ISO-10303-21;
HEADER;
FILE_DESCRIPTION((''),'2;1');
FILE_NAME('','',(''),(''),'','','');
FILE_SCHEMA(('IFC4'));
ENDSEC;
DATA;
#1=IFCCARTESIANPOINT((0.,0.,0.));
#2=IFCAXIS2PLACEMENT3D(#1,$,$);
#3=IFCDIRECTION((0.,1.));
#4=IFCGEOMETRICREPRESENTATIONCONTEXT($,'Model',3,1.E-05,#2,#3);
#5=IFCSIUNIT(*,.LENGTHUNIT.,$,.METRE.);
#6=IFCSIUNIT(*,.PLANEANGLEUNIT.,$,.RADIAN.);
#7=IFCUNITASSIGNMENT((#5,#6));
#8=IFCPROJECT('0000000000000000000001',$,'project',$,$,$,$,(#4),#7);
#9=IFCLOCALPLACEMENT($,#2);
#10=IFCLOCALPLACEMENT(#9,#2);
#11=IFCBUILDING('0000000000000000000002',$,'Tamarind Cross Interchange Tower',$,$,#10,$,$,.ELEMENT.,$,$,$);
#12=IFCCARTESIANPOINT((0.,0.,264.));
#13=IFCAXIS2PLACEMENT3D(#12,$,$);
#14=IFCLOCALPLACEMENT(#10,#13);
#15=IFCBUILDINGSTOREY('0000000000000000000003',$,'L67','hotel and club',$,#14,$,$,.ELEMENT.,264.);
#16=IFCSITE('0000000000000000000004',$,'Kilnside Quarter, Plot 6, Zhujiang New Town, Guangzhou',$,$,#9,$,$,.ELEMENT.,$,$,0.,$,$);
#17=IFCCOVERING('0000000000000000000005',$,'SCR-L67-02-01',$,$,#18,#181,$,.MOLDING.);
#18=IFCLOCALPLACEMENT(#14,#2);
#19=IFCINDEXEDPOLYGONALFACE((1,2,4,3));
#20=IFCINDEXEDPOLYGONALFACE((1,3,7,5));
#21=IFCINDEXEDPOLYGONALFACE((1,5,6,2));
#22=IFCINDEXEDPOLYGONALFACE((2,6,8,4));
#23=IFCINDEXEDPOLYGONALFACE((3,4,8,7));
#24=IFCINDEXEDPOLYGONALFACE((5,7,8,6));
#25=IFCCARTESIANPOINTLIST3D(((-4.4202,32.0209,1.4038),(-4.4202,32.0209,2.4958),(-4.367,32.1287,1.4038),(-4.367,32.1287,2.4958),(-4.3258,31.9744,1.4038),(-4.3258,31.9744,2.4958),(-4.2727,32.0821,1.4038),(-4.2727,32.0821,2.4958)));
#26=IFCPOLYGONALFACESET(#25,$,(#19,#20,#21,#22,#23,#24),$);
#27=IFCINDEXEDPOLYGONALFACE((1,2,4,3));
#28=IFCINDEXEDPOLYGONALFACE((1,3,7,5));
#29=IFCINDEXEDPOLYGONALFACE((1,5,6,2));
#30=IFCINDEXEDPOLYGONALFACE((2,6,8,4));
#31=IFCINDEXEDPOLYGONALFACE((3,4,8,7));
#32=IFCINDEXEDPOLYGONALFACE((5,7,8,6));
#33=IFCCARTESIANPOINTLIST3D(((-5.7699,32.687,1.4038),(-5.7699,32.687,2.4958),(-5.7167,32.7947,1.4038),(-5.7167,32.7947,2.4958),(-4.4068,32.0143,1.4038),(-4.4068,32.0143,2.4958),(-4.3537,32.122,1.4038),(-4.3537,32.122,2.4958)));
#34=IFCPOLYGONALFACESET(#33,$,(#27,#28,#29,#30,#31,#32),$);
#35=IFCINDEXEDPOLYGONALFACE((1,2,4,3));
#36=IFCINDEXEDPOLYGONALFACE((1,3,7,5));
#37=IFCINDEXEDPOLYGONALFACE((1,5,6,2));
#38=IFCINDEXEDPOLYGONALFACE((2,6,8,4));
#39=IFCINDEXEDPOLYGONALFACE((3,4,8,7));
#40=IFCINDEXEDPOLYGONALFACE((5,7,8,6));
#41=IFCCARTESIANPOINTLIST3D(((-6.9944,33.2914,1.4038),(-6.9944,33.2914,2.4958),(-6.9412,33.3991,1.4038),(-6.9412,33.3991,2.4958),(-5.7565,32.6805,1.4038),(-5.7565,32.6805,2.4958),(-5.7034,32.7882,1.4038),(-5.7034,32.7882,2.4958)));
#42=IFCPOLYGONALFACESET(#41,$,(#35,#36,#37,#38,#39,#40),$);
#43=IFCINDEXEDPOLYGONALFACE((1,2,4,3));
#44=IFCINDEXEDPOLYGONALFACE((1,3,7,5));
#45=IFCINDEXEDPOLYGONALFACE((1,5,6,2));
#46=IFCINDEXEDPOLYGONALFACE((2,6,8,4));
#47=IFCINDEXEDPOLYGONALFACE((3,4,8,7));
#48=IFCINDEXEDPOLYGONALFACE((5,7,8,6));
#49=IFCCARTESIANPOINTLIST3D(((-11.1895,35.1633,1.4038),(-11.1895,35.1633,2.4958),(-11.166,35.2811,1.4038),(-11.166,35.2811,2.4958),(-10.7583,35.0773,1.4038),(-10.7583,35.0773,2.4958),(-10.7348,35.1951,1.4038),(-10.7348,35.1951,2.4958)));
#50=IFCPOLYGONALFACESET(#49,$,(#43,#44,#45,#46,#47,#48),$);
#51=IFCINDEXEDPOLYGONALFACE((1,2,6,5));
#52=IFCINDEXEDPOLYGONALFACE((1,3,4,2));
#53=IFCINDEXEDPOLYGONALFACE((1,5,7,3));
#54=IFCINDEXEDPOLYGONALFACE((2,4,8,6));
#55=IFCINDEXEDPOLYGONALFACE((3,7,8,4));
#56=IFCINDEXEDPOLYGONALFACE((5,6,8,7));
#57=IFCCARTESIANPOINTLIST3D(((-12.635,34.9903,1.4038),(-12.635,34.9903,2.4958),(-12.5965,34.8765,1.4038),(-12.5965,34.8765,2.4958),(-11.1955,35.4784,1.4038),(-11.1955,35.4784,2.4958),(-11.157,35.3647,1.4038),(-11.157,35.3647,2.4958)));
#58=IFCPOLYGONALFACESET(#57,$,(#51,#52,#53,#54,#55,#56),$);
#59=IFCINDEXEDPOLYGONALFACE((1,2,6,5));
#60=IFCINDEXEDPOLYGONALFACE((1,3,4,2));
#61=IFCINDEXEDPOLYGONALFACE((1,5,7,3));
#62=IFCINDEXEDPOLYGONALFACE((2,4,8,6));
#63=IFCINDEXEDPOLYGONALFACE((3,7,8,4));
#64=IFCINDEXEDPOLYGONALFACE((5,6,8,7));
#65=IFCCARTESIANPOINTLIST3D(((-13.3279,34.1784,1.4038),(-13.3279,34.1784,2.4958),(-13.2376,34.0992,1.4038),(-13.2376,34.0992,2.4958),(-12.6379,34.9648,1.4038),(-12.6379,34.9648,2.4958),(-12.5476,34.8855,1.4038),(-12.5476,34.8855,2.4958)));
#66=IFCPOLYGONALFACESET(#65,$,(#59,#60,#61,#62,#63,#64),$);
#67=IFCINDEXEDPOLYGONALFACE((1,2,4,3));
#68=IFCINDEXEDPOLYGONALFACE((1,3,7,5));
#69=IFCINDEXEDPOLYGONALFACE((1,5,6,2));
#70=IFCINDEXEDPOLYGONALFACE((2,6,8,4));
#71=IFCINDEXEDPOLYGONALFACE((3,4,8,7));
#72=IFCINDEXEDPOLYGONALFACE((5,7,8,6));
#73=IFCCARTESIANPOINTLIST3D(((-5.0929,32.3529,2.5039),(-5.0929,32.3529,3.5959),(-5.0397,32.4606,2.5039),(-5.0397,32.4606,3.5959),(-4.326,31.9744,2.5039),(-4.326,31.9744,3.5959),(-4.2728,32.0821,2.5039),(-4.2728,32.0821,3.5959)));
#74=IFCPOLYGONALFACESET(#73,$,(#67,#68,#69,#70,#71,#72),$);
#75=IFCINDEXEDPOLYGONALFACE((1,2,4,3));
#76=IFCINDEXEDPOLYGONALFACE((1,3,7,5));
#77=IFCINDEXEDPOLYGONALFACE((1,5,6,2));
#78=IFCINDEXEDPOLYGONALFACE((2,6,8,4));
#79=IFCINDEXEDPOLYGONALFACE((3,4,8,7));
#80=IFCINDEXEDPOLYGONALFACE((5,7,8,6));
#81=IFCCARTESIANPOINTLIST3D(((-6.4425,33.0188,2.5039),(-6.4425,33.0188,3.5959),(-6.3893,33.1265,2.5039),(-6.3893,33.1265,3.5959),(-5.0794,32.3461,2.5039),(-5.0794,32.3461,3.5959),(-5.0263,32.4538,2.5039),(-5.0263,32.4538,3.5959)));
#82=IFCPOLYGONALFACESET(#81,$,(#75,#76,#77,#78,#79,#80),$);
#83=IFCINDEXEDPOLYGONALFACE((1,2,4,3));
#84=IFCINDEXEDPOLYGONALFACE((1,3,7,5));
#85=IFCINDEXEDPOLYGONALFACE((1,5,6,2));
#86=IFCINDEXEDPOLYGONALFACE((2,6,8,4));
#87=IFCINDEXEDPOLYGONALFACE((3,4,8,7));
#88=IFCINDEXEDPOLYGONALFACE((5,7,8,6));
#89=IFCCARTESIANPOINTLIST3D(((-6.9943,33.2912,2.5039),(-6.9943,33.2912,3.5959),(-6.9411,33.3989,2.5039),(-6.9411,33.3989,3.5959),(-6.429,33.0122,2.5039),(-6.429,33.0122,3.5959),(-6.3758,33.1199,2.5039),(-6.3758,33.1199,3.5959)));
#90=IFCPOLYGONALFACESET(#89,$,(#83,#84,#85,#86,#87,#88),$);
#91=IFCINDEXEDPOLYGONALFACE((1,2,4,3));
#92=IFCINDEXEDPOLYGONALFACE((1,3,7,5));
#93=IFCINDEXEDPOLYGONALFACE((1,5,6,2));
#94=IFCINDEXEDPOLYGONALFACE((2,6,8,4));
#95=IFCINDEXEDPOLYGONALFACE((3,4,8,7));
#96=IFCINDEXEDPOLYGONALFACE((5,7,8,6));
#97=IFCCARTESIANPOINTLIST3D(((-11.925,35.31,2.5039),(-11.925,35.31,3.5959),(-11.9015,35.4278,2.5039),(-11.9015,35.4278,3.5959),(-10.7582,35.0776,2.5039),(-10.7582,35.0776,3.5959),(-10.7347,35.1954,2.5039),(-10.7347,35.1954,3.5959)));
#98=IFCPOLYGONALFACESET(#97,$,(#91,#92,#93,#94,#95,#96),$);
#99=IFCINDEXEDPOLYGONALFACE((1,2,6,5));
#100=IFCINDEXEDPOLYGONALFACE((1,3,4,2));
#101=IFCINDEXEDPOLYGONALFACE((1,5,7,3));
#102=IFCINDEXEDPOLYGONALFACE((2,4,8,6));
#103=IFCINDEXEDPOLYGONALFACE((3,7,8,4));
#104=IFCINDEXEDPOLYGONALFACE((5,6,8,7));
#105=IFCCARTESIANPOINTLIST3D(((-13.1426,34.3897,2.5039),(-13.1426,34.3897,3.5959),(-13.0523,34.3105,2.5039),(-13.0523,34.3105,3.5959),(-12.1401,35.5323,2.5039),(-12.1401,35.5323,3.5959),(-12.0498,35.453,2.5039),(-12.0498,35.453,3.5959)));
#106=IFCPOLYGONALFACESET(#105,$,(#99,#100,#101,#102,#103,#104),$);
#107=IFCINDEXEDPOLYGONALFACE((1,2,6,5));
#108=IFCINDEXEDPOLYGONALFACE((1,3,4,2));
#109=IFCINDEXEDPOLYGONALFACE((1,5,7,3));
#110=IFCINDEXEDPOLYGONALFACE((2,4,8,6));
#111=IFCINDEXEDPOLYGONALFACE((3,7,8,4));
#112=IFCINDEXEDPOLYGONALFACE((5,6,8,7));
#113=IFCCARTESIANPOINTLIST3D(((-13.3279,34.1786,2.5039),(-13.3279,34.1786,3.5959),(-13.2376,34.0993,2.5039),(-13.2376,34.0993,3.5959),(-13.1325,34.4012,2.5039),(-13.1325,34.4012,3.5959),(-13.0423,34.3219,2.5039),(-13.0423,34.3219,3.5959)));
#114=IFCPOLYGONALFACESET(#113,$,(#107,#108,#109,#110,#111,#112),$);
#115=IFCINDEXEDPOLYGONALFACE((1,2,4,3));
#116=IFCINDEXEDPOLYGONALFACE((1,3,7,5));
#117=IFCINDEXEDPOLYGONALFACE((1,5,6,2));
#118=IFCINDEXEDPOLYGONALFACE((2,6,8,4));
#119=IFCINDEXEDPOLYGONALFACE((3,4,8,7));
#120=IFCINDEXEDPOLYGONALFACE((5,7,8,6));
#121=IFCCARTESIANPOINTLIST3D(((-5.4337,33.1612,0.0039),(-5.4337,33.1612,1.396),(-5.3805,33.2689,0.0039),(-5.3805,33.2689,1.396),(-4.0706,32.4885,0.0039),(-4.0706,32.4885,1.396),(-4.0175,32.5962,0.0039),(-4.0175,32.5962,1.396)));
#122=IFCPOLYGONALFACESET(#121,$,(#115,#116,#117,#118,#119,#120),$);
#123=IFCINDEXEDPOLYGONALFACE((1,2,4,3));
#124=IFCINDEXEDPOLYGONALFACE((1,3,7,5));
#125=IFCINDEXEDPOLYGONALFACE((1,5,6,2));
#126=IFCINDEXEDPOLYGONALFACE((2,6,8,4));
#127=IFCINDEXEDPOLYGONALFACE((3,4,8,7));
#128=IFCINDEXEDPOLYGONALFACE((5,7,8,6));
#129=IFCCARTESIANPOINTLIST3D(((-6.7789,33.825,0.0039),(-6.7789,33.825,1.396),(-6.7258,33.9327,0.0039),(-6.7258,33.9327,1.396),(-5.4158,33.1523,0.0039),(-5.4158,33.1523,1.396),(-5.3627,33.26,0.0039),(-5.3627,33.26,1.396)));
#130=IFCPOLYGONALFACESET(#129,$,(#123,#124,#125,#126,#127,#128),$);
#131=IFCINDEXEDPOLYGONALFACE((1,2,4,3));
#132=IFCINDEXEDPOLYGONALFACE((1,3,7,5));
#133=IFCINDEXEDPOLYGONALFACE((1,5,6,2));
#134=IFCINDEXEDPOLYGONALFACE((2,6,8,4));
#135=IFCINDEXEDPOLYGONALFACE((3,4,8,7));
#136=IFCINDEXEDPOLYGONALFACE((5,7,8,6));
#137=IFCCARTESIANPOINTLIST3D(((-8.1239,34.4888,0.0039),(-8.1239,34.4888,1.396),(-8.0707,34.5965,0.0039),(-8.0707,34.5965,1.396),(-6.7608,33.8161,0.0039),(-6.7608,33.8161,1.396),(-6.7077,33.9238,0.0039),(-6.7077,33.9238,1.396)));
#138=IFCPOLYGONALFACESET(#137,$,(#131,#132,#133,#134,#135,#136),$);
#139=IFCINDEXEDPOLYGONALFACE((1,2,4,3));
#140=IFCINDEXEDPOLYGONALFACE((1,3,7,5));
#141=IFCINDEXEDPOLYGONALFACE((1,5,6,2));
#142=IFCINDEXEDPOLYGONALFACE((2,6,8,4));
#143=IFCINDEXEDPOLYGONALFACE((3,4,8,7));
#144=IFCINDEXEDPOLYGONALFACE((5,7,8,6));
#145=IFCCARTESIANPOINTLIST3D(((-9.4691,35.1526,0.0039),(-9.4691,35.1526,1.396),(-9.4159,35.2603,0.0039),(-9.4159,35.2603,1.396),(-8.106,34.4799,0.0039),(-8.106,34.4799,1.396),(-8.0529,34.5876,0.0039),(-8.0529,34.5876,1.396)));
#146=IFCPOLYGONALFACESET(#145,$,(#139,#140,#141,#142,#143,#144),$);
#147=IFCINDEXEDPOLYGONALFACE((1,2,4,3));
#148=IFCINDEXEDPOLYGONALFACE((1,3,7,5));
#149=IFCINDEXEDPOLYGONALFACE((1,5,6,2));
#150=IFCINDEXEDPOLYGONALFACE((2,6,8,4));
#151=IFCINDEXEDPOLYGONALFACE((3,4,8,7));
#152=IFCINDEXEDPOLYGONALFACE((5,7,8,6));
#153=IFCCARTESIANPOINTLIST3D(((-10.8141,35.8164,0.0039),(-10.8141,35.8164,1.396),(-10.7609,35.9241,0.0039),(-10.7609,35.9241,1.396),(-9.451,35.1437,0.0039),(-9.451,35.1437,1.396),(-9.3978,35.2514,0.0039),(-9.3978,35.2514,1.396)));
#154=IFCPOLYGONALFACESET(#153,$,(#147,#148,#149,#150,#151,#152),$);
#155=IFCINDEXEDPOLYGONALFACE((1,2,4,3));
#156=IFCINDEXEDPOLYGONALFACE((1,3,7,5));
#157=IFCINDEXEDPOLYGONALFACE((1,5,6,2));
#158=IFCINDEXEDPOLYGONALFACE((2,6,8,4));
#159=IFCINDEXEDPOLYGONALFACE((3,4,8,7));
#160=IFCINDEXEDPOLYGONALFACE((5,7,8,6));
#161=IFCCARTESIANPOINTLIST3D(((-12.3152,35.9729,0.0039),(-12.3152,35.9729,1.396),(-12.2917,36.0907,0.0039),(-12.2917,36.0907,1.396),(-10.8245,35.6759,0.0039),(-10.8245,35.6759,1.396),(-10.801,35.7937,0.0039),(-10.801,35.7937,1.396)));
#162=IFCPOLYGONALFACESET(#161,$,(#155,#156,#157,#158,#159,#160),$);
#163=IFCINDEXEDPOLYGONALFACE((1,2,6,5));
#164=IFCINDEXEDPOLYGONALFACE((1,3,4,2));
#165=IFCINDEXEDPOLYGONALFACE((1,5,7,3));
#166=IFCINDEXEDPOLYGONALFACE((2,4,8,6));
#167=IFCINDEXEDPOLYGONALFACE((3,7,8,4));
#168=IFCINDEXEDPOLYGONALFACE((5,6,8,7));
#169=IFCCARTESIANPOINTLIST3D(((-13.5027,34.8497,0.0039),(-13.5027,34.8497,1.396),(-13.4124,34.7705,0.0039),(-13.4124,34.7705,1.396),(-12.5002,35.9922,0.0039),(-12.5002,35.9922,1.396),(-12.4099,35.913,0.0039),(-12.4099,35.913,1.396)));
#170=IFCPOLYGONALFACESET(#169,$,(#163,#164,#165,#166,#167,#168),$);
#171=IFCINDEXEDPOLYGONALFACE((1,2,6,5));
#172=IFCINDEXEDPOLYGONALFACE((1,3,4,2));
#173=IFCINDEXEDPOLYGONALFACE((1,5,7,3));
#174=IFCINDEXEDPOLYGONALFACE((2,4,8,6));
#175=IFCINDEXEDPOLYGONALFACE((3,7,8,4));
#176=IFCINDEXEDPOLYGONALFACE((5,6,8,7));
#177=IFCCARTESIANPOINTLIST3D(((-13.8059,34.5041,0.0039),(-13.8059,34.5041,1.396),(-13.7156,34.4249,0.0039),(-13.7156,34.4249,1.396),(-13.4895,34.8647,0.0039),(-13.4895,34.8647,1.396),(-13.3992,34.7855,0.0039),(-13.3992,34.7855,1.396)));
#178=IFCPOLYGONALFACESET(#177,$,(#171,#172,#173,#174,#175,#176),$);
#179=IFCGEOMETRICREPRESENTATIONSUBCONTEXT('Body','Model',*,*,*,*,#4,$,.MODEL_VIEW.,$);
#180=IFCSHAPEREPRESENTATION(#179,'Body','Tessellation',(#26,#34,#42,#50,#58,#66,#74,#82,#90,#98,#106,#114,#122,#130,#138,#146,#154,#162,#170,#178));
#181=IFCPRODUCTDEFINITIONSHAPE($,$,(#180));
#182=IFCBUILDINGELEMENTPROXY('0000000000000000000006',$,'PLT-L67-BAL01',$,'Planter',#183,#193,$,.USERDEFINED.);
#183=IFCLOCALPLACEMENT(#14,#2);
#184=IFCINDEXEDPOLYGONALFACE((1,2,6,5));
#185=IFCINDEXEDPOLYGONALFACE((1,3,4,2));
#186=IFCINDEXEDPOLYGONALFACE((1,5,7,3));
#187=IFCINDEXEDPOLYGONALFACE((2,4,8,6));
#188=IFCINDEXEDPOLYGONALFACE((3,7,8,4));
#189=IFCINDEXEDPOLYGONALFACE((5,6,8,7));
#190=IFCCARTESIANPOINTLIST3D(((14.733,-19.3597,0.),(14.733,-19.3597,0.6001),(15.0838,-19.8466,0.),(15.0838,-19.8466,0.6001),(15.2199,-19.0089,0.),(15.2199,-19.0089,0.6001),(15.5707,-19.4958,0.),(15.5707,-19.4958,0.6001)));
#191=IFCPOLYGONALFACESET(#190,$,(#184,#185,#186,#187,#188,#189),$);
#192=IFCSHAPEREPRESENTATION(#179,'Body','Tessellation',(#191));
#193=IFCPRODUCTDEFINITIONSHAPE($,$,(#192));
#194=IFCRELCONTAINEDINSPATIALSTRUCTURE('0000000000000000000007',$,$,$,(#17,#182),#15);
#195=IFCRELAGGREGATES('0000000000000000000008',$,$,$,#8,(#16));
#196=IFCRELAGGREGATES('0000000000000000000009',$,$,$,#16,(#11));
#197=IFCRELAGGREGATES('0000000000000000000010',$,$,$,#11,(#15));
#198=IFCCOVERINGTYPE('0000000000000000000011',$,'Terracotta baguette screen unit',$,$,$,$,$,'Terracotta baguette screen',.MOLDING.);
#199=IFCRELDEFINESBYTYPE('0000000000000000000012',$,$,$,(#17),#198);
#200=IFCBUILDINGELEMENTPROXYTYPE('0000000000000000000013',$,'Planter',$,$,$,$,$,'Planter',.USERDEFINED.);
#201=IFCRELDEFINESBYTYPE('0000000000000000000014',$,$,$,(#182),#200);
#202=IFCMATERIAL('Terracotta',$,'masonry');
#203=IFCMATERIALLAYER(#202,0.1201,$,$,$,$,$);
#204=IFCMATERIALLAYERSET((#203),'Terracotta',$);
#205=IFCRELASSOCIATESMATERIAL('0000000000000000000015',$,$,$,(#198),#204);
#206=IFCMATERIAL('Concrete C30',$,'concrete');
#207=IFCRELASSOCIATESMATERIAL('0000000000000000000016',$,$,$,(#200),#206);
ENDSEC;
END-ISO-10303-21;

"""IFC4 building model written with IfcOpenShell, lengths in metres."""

from ifc_helpers import new_model, si_unit, direction, frame, origin, origin_2d, place, context, subcontext, project, spatial, rectangle, extrude, material, layer, layer_set, type_object, element, save


model = new_model("IFC4")

# Units and contexts
model_context = context("Model", 3, precision=1e-05, world=origin(), true_north=direction((0.0, 1.0)))
body_context = subcontext(model_context, "Body", "Model", "MODEL_VIEW")
ifc_project = project(units=[si_unit("LENGTHUNIT", "METRE"), si_unit("PLANEANGLEUNIT", "RADIAN")], contexts=[model_context])

# Site, building, storey
site_placement = place(None, origin())
site = spatial("IfcSite", under=ifc_project, at=site_placement, Name="Kilnside Quarter, Plot 6, Zhujiang New Town, Guangzhou", CompositionType="ELEMENT", RefElevation=0.0)
building_placement = place(site_placement, origin())
building = spatial("IfcBuilding", under=site, at=building_placement, Name="Tamarind Cross Interchange Tower", CompositionType="ELEMENT")
storey_placement = place(building_placement, frame((0.0, 0.0, 264.0)))
storey = spatial("IfcBuildingStorey", under=building, at=storey_placement, Name="L67", Description="hotel and club", CompositionType="ELEMENT", Elevation=264.0)

# Covering
ifc_material_1 = material(Name="Terracotta", Category="masonry")
ifc_layer_1 = layer(ifc_material_1, 0.1201)
ifc_layer_set_1 = layer_set([ifc_layer_1], Name="Terracotta")
covering_type = type_object("IfcCoveringType", Name="Terracotta baguette screen unit", ElementType="Terracotta baguette screen", PredefinedType="MOLDING", material=ifc_layer_set_1)
covering_1_placement = place(storey_placement, origin())
element("IfcCovering", 1, at=covering_1_placement, inside=storey, type_object=covering_type, Name="SCR-L67-02-01", PredefinedType="MOLDING", context=body_context, shape_type="SweptSolid", body=[
    extrude(rectangle(XDim=0.1052, YDim=0.1201, at=origin_2d()), frame((-4.3464, 32.0515, 1.4038), z_axis=(0.0, 0.0, 1.0), x_axis=(-0.89674, 0.442558, 0.0)), (0.0, 0.0, 1.0), 1.092),
    extrude(rectangle(XDim=1.52, YDim=0.1201, at=origin_2d()), frame((-5.0618, 32.4045, 1.4038), z_axis=(0.0, 0.0, 1.0), x_axis=(-0.89674, 0.442558, 0.0)), (0.0, 0.0, 1.0), 1.092),
    extrude(rectangle(XDim=1.3804, YDim=0.1201, at=origin_2d()), frame((-6.3489, 33.0398, 1.4038), z_axis=(0.0, 0.0, 1.0), x_axis=(-0.89674, 0.442558, 0.0)), (0.0, 0.0, 1.0), 1.092),
    extrude(rectangle(XDim=0.4397, YDim=0.1201, at=origin_2d()), frame((-10.9622, 35.1792, 1.4038), z_axis=(0.0, 0.0, 1.0), x_axis=(-0.980727, 0.195385, 0.0)), (0.0, 0.0, 1.0), 1.092),
    extrude(rectangle(XDim=1.52, YDim=0.1201, at=origin_2d()), frame((-11.896, 35.1775, 1.4038), z_axis=(0.0, 0.0, 1.0), x_axis=(-0.947027, -0.321155, 0.0)), (0.0, 0.0, 1.0), 1.092),
    extrude(rectangle(XDim=1.0461, YDim=0.1201, at=origin_2d()), frame((-12.9377, 34.532, 1.4038), z_axis=(0.0, 0.0, 1.0), x_axis=(-0.659571, -0.751642, 0.0)), (0.0, 0.0, 1.0), 1.092),
    extrude(rectangle(XDim=0.8552, YDim=0.1201, at=origin_2d()), frame((-4.6829, 32.2175, 2.5039), z_axis=(0.0, 0.0, 1.0), x_axis=(-0.89674, 0.442558, 0.0)), (0.0, 0.0, 1.0), 1.092),
    extrude(rectangle(XDim=1.52, YDim=0.1201, at=origin_2d()), frame((-5.7344, 32.7363, 2.5039), z_axis=(0.0, 0.0, 1.0), x_axis=(-0.89674, 0.442558, 0.0)), (0.0, 0.0, 1.0), 1.092),
    extrude(rectangle(XDim=0.6304, YDim=0.1201, at=origin_2d()), frame((-6.6851, 33.2056, 2.5039), z_axis=(0.0, 0.0, 1.0), x_axis=(-0.89674, 0.442558, 0.0)), (0.0, 0.0, 1.0), 1.092),
    extrude(rectangle(XDim=1.1897, YDim=0.1201, at=origin_2d()), frame((-11.3298, 35.2527, 2.5039), z_axis=(0.0, 0.0, 1.0), x_axis=(-0.980727, 0.195385, 0.0)), (0.0, 0.0, 1.0), 1.092),
    extrude(rectangle(XDim=1.52, YDim=0.1201, at=origin_2d()), frame((-12.5962, 34.9214, 2.5039), z_axis=(0.0, 0.0, 1.0), x_axis=(-0.659571, -0.751642, 0.0)), (0.0, 0.0, 1.0), 1.092),
    extrude(rectangle(XDim=0.2961, YDim=0.1201, at=origin_2d()), frame((-13.1851, 34.2502, 2.5039), z_axis=(0.0, 0.0, 1.0), x_axis=(-0.659571, -0.751642, 0.0)), (0.0, 0.0, 1.0), 1.092),
    extrude(rectangle(XDim=1.52, YDim=0.1201, at=origin_2d()), frame((-4.7256, 32.8787, 0.0039), z_axis=(0.0, 0.0, 1.0), x_axis=(-0.89674, 0.442558, 0.0)), (0.0, 0.0, 1.0), 1.3921),
    extrude(rectangle(XDim=1.52, YDim=0.1201, at=origin_2d()), frame((-6.0708, 33.5425, 0.0039), z_axis=(0.0, 0.0, 1.0), x_axis=(-0.89674, 0.442558, 0.0)), (0.0, 0.0, 1.0), 1.3921),
    extrude(rectangle(XDim=1.52, YDim=0.1201, at=origin_2d()), frame((-7.4158, 34.2063, 0.0039), z_axis=(0.0, 0.0, 1.0), x_axis=(-0.89674, 0.442558, 0.0)), (0.0, 0.0, 1.0), 1.3921),
    extrude(rectangle(XDim=1.52, YDim=0.1201, at=origin_2d()), frame((-8.761, 34.8701, 0.0039), z_axis=(0.0, 0.0, 1.0), x_axis=(-0.89674, 0.442558, 0.0)), (0.0, 0.0, 1.0), 1.3921),
    extrude(rectangle(XDim=1.52, YDim=0.1201, at=origin_2d()), frame((-10.106, 35.5339, 0.0039), z_axis=(0.0, 0.0, 1.0), x_axis=(-0.89674, 0.442558, 0.0)), (0.0, 0.0, 1.0), 1.3921),
    extrude(rectangle(XDim=1.52, YDim=0.1201, at=origin_2d()), frame((-11.5581, 35.8833, 0.0039), z_axis=(0.0, 0.0, 1.0), x_axis=(-0.980727, 0.195385, 0.0)), (0.0, 0.0, 1.0), 1.3921),
    extrude(rectangle(XDim=1.52, YDim=0.1201, at=origin_2d()), frame((-12.9563, 35.3813, 0.0039), z_axis=(0.0, 0.0, 1.0), x_axis=(-0.659571, -0.751642, 0.0)), (0.0, 0.0, 1.0), 1.3921),
    extrude(rectangle(XDim=0.4797, YDim=0.1201, at=origin_2d()), frame((-13.6025, 34.6448, 0.0039), z_axis=(0.0, 0.0, 1.0), x_axis=(-0.659571, -0.751642, 0.0)), (0.0, 0.0, 1.0), 1.3921),
])

# Building element proxy
ifc_material_2 = material(Name="Concrete C30", Category="concrete")
building_element_proxy_type = type_object("IfcBuildingElementProxyType", Name="Planter", ElementType="Planter", PredefinedType="USERDEFINED", material=ifc_material_2)
proxy_placement = place(storey_placement, origin())
element("IfcBuildingElementProxy", 2, at=proxy_placement, inside=storey, type_object=building_element_proxy_type, Name="PLT-L67-BAL01", ObjectType="Planter", PredefinedType="USERDEFINED", context=body_context, shape_type="SweptSolid", body=[
    extrude(rectangle(XDim=0.6001, YDim=0.6001, at=origin_2d()), frame((15.1519, -19.4277, 0.0), z_axis=(0.0, 0.0, 1.0), x_axis=(0.81134, 0.584574, 0.0)), (0.0, 0.0, 1.0), 0.6001),
])

save(model, "model.ifc")
